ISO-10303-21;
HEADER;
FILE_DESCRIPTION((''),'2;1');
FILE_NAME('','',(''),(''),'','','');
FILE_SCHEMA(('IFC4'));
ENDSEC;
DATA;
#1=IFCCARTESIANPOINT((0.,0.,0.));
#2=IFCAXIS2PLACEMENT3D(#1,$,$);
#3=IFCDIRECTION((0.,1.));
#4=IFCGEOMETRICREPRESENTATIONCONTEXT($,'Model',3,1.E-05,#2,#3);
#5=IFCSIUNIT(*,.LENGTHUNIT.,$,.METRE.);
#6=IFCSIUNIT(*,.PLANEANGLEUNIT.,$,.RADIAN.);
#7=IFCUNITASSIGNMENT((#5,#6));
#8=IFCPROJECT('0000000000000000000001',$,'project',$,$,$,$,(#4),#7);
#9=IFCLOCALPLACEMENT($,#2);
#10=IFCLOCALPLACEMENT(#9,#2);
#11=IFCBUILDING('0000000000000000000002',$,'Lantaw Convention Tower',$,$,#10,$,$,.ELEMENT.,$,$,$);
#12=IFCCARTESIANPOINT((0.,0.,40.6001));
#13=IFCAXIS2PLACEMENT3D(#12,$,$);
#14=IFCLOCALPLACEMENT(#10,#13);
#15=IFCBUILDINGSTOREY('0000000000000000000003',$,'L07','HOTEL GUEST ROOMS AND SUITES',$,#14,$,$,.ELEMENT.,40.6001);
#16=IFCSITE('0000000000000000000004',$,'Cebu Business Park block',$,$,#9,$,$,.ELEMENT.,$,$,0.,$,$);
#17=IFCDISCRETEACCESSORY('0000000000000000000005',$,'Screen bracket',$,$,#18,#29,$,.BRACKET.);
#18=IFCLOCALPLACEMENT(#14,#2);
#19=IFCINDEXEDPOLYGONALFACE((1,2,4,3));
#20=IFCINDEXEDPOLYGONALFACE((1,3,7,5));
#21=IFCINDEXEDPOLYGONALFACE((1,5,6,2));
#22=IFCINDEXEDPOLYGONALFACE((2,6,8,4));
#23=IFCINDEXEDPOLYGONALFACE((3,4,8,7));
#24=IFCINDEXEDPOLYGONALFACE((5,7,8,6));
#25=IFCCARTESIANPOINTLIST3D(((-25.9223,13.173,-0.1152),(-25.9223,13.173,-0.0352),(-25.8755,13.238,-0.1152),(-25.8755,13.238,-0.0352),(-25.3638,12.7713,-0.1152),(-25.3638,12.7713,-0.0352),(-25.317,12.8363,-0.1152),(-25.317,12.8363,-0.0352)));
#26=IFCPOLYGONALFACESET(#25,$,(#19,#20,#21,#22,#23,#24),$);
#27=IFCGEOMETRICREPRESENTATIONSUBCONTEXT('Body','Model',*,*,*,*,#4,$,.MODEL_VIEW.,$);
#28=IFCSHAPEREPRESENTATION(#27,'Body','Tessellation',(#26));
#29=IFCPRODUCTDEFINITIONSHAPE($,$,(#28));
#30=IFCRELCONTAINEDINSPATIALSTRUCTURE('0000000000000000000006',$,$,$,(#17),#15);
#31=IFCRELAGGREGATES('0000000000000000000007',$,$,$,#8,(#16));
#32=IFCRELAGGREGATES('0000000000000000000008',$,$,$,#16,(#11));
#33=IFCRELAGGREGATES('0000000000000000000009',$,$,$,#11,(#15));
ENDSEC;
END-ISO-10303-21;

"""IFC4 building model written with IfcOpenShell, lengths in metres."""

from ifc_helpers import new_model, si_unit, direction, frame, origin, origin_2d, place, context, subcontext, project, spatial, rectangle, extrude, element, save


model = new_model("IFC4")

# Units and contexts
model_context = context("Model", 3, precision=1e-05, world=origin(), true_north=direction((0.0, 1.0)))
body_context = subcontext(model_context, "Body", "Model", "MODEL_VIEW")
ifc_project = project(units=[si_unit("LENGTHUNIT", "METRE"), si_unit("PLANEANGLEUNIT", "RADIAN")], contexts=[model_context])

# Site, building, storey
site_placement = place(None, origin())
site = spatial("IfcSite", under=ifc_project, at=site_placement, Name="Cebu Business Park block", CompositionType="ELEMENT", RefElevation=0.0)
building_placement = place(site_placement, origin())
building = spatial("IfcBuilding", under=site, at=building_placement, Name="Lantaw Convention Tower", CompositionType="ELEMENT")
storey_placement = place(building_placement, frame((0.0, 0.0, 40.6001)))
storey = spatial("IfcBuildingStorey", under=building, at=storey_placement, Name="L07", Description="HOTEL GUEST ROOMS AND SUITES", CompositionType="ELEMENT", Elevation=40.6001)

# Discrete accessory
for number, where, z_axis, x_axis, name in (
    (1, (-25.6196, 13.0046, -0.1152), (0.0, 0.0, 1.0), (-0.583951, -0.811789, 0.0), "Screen bracket"),
):
    element("IfcDiscreteAccessory", number, at=place(storey_placement, frame(where, z_axis=z_axis, x_axis=x_axis)), inside=storey, Name=name, PredefinedType="BRACKET", context=body_context, shape_type="SweptSolid", body=[
        extrude(rectangle(XDim=0.0801, YDim=0.688, at=origin_2d()), origin(), (0.0, 0.0, 1.0), 0.0801),
    ])

save(model, "model.ifc")
